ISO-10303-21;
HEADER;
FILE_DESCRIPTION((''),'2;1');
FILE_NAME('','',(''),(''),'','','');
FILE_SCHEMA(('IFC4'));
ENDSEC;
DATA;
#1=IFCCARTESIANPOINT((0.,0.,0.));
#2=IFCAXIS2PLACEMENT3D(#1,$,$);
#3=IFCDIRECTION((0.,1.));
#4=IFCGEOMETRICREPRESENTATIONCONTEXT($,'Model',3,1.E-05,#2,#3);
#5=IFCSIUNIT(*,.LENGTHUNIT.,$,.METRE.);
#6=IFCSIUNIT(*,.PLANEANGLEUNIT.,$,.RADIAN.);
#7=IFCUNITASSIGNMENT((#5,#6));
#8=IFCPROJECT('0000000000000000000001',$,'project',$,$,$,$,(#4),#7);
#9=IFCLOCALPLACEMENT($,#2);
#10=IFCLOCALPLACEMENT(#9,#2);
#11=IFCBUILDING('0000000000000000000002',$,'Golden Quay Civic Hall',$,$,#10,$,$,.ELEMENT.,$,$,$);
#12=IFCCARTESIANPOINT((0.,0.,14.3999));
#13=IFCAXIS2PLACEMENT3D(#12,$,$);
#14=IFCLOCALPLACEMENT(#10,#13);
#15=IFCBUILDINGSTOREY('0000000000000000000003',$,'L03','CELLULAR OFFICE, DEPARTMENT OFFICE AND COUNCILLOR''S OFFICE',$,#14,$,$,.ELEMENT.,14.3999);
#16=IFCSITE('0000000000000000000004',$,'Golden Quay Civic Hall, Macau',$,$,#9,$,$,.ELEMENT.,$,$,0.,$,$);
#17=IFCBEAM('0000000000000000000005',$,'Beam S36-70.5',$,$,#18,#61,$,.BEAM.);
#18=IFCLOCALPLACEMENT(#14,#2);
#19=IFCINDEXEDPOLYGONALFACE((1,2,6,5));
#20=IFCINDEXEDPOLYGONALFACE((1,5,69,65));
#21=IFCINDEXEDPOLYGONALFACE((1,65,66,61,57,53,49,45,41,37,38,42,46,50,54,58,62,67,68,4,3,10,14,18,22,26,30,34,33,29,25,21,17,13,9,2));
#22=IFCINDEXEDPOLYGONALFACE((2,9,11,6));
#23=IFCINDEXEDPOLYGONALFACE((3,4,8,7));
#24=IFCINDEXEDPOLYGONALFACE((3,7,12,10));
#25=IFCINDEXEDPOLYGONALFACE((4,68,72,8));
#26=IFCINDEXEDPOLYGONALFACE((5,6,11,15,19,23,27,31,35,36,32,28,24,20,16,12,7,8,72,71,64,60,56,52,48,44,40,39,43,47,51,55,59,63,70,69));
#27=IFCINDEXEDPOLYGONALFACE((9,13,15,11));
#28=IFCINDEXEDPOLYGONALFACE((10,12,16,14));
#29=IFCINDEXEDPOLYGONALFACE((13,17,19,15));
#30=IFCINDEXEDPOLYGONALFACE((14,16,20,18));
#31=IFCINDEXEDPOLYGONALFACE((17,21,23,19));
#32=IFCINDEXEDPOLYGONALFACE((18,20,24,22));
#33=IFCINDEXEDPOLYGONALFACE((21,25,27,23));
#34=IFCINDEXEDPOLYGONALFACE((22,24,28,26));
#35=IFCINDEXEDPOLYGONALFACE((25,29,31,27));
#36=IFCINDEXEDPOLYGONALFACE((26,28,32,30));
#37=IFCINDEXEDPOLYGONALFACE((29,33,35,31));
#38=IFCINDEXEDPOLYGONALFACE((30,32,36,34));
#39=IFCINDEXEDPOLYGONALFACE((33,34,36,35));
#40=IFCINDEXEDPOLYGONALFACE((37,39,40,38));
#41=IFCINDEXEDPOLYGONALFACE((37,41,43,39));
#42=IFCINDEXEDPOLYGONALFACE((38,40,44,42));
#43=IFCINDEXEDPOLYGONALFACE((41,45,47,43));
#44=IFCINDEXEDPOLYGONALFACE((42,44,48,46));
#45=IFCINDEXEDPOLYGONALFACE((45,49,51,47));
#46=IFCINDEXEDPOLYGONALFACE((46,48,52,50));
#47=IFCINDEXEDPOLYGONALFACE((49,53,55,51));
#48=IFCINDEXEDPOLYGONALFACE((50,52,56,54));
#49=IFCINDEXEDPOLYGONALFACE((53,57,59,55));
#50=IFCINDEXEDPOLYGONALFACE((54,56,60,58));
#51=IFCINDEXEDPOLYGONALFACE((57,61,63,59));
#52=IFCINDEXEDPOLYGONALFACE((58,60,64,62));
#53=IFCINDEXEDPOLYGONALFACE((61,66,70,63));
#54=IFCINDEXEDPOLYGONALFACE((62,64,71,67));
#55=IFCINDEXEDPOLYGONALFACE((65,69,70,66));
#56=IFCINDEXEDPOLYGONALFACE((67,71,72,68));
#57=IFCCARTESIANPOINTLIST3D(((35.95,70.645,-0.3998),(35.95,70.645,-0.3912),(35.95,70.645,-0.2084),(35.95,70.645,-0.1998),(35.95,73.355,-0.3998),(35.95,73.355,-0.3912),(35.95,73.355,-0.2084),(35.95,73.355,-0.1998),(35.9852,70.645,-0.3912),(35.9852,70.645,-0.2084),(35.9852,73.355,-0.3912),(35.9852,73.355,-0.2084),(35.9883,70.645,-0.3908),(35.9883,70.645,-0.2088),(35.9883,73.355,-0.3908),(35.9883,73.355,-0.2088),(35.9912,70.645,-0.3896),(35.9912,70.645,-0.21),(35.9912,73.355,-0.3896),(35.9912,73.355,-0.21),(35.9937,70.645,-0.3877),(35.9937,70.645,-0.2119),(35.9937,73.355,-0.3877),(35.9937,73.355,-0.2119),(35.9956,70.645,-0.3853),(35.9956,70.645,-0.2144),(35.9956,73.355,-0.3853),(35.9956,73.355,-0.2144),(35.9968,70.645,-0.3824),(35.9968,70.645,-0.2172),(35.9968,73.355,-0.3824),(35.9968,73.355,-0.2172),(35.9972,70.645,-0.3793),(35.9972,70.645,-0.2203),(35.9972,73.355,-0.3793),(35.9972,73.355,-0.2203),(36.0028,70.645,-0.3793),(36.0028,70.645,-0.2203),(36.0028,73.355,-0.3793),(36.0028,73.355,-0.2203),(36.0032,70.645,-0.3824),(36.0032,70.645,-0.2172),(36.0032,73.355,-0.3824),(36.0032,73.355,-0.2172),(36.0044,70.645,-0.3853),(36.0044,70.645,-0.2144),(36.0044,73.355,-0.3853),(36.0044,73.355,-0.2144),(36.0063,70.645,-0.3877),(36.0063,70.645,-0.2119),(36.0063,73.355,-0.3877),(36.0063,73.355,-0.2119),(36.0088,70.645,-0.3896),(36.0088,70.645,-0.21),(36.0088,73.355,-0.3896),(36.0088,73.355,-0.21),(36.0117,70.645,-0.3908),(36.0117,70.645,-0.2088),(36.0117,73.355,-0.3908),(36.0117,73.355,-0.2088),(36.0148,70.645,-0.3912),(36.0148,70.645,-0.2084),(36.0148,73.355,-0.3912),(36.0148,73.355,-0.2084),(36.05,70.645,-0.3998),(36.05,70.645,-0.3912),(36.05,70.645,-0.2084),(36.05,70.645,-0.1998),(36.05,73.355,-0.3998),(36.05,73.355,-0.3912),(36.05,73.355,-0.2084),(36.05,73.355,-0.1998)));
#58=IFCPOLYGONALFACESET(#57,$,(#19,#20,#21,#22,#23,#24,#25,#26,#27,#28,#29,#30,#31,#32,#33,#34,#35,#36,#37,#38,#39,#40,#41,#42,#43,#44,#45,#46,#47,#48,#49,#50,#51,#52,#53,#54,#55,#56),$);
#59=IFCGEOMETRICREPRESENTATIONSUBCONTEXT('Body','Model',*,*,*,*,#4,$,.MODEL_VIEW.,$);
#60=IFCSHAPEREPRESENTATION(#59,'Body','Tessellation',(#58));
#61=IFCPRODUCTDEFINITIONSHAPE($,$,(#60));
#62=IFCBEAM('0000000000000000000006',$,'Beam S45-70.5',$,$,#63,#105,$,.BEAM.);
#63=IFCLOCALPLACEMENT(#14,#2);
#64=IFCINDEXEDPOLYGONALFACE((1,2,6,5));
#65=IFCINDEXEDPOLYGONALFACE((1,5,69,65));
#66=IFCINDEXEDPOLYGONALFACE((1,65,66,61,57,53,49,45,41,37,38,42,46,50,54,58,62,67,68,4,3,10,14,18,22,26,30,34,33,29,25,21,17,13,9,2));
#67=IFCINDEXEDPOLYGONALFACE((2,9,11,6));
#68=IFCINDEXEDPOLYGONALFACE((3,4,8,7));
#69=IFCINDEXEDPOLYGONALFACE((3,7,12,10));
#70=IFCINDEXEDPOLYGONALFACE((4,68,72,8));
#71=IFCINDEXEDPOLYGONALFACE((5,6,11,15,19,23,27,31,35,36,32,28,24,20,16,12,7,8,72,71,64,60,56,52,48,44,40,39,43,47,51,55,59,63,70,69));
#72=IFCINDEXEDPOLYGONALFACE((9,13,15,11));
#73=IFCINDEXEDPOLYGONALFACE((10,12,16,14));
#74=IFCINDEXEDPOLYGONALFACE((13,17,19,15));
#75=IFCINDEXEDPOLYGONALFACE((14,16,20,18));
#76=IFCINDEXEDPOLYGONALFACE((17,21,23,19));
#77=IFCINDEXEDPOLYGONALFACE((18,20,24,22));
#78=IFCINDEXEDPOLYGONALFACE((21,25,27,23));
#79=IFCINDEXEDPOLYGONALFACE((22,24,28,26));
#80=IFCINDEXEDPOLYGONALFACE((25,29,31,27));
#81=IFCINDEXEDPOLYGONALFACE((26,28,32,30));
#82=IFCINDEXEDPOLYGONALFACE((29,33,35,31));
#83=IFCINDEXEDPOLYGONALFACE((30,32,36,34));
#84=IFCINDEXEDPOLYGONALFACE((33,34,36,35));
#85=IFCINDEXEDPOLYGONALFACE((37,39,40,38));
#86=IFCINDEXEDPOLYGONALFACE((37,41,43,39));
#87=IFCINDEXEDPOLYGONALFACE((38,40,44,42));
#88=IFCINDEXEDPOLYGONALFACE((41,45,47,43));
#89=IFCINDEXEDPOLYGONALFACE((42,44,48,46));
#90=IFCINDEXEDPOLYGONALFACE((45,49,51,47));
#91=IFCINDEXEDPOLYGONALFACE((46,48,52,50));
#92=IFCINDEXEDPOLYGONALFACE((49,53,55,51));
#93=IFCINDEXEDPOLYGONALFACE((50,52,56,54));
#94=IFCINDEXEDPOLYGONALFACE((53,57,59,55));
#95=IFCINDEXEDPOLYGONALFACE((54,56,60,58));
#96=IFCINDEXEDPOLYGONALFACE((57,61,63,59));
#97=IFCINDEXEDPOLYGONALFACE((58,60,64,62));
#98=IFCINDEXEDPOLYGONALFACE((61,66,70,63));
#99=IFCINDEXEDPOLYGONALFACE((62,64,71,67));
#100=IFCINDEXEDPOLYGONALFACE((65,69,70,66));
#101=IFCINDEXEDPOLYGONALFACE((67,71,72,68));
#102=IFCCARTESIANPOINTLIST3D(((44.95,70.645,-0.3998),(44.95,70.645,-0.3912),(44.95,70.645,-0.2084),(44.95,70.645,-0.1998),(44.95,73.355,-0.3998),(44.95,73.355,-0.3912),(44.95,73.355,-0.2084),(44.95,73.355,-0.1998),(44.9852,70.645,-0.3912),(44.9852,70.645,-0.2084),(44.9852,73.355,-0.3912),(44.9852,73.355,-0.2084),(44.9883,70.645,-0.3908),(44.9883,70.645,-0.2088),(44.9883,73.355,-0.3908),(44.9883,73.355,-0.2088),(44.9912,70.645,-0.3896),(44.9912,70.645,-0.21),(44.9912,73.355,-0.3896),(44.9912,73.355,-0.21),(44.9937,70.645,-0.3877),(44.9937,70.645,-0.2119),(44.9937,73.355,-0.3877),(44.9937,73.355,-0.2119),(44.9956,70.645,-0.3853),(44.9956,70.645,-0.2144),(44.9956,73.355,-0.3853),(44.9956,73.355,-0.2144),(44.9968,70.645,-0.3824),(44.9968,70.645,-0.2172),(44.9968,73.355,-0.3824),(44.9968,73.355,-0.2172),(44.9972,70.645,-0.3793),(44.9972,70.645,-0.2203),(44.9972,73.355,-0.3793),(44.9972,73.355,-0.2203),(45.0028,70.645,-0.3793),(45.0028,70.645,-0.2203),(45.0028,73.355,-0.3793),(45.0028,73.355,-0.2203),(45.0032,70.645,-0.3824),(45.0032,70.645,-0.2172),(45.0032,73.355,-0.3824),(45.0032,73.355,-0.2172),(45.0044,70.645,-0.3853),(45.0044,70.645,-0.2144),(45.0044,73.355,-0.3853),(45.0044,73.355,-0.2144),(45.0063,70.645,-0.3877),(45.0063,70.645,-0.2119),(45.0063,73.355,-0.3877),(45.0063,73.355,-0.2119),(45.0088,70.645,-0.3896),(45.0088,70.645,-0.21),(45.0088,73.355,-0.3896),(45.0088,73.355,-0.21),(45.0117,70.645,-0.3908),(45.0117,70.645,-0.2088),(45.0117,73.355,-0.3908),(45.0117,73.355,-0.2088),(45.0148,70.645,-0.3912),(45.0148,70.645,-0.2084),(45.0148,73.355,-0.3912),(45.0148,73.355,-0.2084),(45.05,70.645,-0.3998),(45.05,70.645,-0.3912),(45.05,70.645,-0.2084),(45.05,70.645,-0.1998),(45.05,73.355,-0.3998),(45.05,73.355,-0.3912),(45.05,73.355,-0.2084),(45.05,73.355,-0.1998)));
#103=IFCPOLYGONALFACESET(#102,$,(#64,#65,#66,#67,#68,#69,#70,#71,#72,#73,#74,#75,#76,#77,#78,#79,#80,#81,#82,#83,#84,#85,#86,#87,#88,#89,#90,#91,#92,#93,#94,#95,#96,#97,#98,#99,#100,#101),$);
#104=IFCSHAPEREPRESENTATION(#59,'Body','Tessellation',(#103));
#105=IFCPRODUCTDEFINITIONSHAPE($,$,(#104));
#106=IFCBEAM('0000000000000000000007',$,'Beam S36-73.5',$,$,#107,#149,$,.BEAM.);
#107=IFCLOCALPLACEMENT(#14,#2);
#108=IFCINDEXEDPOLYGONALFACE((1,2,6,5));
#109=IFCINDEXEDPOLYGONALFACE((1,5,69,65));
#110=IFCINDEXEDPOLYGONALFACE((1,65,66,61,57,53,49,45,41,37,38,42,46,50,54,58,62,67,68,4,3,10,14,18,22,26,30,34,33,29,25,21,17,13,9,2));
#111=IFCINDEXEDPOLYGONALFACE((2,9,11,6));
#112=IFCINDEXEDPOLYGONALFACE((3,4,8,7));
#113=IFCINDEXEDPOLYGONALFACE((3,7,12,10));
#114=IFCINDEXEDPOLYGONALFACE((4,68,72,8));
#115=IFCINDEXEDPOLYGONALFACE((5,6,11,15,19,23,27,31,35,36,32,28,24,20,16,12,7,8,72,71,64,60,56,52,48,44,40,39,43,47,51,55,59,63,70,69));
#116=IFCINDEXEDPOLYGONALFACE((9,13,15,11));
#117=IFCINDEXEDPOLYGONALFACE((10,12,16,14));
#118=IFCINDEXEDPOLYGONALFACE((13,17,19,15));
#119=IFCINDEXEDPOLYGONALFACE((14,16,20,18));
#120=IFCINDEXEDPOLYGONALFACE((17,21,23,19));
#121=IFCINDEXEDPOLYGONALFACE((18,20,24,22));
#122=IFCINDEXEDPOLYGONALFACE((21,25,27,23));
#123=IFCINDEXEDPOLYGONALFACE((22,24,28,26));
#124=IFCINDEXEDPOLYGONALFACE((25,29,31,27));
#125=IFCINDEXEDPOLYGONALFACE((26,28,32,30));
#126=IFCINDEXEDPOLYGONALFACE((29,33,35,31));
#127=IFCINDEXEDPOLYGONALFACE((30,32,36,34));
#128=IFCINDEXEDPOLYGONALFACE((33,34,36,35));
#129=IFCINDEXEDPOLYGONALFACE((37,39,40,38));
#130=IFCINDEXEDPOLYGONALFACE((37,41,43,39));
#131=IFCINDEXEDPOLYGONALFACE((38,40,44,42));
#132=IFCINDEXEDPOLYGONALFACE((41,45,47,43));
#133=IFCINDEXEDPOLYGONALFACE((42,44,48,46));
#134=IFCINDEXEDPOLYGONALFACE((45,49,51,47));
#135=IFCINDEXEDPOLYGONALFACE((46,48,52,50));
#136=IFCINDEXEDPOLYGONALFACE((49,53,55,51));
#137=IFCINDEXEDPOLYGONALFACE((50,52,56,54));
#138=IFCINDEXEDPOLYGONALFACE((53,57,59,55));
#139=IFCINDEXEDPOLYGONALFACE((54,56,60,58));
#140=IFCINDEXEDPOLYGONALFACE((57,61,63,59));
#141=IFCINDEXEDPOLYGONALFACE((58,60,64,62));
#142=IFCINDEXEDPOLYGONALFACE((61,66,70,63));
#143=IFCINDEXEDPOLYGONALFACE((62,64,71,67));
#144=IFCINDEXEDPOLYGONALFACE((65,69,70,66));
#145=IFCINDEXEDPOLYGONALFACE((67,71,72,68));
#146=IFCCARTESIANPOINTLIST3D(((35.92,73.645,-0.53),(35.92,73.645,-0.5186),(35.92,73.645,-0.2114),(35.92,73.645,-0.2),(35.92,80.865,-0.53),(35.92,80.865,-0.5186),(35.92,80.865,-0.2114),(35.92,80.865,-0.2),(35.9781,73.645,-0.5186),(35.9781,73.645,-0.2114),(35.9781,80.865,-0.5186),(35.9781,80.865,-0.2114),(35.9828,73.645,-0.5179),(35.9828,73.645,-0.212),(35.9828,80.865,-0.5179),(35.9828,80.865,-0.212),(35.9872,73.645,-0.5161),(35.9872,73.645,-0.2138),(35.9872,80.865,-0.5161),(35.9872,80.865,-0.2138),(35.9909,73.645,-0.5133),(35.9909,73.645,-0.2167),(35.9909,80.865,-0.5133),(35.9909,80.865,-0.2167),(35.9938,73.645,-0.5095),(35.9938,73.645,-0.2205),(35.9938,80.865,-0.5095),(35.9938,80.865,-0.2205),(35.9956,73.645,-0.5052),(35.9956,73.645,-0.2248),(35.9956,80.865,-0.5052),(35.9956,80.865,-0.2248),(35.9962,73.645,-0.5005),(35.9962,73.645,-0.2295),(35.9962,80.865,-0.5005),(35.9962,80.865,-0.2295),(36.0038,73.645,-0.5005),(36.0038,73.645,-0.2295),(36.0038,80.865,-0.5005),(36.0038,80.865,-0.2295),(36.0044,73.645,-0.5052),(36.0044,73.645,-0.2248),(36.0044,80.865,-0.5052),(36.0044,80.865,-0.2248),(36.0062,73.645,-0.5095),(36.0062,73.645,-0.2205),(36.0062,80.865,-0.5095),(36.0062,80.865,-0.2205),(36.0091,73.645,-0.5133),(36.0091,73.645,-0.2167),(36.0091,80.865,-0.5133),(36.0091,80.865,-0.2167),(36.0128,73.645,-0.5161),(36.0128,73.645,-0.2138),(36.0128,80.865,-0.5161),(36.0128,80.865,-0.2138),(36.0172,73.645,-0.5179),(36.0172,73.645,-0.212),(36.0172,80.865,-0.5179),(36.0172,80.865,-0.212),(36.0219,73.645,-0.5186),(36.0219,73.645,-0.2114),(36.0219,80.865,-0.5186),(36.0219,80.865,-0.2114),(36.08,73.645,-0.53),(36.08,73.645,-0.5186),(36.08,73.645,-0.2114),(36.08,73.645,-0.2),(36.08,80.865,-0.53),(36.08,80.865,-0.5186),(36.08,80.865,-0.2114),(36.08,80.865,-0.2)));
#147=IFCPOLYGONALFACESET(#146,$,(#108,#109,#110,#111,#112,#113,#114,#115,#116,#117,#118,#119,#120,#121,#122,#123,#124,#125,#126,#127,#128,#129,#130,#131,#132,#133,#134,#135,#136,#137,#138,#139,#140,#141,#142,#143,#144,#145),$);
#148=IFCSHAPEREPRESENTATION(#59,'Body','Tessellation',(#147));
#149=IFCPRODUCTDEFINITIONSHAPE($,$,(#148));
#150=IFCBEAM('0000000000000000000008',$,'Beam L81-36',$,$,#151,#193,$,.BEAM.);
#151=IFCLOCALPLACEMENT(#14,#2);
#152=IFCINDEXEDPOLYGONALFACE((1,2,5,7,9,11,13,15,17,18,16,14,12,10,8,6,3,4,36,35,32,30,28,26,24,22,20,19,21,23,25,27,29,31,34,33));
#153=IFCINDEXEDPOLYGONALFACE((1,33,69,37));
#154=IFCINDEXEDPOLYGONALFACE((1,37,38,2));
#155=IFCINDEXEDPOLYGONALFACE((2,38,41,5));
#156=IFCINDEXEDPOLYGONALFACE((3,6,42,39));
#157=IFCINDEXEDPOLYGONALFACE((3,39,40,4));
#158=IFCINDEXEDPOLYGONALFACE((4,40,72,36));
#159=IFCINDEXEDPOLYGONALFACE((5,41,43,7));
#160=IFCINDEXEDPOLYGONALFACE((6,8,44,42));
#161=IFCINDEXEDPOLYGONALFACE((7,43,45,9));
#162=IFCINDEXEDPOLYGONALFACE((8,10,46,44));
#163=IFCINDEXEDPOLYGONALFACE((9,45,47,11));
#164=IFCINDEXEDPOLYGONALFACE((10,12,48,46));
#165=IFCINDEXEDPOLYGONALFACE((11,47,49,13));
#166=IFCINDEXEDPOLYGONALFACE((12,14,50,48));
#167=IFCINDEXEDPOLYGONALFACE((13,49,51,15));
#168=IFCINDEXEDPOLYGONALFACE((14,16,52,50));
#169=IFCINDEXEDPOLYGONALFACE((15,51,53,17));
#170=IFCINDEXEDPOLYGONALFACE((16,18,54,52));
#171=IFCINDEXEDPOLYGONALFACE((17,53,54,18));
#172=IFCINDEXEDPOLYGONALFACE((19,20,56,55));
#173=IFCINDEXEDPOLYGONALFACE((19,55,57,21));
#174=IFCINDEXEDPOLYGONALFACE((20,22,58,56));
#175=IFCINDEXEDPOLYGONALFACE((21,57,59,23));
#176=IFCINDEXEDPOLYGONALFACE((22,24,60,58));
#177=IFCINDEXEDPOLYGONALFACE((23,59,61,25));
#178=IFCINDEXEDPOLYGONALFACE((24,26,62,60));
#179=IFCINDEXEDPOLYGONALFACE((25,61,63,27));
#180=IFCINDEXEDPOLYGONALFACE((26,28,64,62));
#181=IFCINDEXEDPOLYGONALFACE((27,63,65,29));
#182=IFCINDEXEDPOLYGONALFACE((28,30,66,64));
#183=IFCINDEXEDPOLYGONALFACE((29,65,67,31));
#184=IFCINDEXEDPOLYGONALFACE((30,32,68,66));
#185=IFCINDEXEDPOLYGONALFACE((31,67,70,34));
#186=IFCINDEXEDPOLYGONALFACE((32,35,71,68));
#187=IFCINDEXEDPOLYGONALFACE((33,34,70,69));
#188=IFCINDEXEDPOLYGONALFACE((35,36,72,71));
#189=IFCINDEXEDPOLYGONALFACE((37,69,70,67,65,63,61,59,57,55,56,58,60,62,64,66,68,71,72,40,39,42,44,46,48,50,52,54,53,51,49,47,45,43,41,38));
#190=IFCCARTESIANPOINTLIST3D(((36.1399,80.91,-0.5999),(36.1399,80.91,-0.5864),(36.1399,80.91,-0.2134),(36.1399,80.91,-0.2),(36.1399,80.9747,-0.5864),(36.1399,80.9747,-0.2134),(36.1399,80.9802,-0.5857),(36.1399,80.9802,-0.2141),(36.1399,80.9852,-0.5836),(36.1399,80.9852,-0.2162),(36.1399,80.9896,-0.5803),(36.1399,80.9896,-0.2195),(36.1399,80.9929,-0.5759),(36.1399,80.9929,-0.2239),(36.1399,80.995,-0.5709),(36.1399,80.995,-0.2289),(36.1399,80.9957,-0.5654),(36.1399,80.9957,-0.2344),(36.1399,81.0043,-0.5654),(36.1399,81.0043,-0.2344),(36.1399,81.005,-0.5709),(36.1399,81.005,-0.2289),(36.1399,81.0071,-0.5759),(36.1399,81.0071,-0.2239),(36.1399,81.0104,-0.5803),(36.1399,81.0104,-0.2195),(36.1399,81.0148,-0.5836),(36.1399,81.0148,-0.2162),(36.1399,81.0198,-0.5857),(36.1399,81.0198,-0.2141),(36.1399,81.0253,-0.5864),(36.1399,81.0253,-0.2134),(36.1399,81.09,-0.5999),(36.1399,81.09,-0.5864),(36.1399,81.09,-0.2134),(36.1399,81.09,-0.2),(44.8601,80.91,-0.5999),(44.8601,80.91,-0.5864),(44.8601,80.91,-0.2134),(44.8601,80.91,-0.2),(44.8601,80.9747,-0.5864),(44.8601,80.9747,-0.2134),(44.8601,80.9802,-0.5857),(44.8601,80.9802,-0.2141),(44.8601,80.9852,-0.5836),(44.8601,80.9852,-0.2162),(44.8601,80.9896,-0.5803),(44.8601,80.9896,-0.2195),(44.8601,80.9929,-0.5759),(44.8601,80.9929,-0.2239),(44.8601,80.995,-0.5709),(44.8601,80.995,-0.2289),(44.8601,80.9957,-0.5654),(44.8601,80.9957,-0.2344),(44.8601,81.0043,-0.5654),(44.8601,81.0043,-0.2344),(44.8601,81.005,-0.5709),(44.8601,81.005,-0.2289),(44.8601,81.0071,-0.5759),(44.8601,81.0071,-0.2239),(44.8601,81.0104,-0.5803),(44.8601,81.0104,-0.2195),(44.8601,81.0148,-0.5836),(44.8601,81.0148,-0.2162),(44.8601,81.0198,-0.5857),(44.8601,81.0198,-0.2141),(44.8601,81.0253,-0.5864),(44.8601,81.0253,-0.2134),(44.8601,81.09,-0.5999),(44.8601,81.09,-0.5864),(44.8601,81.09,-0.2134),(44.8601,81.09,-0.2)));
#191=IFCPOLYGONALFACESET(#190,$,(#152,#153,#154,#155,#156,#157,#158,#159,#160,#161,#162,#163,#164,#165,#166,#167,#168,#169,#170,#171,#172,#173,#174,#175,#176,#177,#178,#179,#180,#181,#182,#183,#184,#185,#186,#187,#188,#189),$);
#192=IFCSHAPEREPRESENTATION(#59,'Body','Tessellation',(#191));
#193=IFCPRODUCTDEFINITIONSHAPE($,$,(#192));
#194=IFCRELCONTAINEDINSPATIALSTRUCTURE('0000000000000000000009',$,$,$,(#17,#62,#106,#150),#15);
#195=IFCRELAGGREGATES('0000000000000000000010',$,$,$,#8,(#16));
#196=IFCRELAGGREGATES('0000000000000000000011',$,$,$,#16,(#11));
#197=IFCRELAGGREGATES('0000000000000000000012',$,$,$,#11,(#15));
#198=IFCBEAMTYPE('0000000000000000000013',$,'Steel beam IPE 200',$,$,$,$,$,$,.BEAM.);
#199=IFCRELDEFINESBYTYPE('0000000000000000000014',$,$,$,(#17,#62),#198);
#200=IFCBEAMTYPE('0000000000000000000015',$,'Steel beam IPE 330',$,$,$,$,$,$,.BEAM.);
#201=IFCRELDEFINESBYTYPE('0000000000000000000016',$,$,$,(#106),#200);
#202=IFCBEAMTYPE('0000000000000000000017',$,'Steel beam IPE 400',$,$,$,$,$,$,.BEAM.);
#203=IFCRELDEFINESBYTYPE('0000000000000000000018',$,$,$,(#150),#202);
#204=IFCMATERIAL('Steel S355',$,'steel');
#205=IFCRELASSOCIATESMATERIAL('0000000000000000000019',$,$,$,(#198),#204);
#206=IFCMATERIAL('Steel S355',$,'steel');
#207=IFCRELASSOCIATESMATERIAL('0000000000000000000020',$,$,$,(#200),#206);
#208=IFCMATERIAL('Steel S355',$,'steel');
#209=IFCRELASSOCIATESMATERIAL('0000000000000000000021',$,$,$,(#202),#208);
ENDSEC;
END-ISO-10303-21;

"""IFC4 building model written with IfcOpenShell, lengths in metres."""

from ifc_helpers import new_model, si_unit, direction, frame, origin, origin_2d, place, context, subcontext, project, spatial, i_section, extrude, material, material_profile, profile_set, type_object, element, save


model = new_model("IFC4")

# Units and contexts
model_context = context("Model", 3, precision=1e-05, world=origin(), true_north=direction((0.0, 1.0)))
body_context = subcontext(model_context, "Body", "Model", "MODEL_VIEW")
ifc_project = project(units=[si_unit("LENGTHUNIT", "METRE"), si_unit("PLANEANGLEUNIT", "RADIAN")], contexts=[model_context])

# Site, building, storey
site_placement = place(None, origin())
site = spatial("IfcSite", under=ifc_project, at=site_placement, Name="Golden Quay Civic Hall, Macau", CompositionType="ELEMENT", RefElevation=0.0)
building_placement = place(site_placement, origin())
building = spatial("IfcBuilding", under=site, at=building_placement, Name="Golden Quay Civic Hall", CompositionType="ELEMENT")
storey_placement = place(building_placement, frame((0.0, 0.0, 14.3999)))
storey = spatial("IfcBuildingStorey", under=building, at=storey_placement, Name="L03", Description="CELLULAR OFFICE, DEPARTMENT OFFICE AND COUNCILLOR'S OFFICE", CompositionType="ELEMENT", Elevation=14.3999)

# Beams
ifc_material_1 = material(Name="Steel S355", Category="steel")
ifc_material_profile_1 = material_profile(ifc_material_1, i_section(OverallWidth=0.1001, OverallDepth=0.2, WebThickness=0.0056, FlangeThickness=0.0085, FilletRadius=0.012, at=origin_2d()), Name="IPE 200")
ifc_profile_set_1 = profile_set([ifc_material_profile_1], Name="Steel S355")
beam_type_1 = type_object("IfcBeamType", Name="Steel beam IPE 200", PredefinedType="BEAM", material=ifc_profile_set_1)
for number, where, z_axis, x_axis, name in (
    (1, (36.0, 70.645, -0.2998), (0.0, 1.0, 0.0), (-1.0, 0.0, 0.0), "Beam S36-70.5"),
    (2, (45.0, 70.645, -0.2998), (0.0, 1.0, 0.0), (-1.0, 0.0, 0.0), "Beam S45-70.5"),
):
    element("IfcBeam", number, at=place(storey_placement, frame(where, z_axis=z_axis, x_axis=x_axis)), inside=storey, type_object=beam_type_1, Name=name, PredefinedType="BEAM", context=body_context, shape_type="SweptSolid", body=[
        extrude(i_section(OverallWidth=0.1001, OverallDepth=0.2, WebThickness=0.0056, FlangeThickness=0.0085, FilletRadius=0.012, at=origin_2d()), origin(), (0.0, 0.0, 1.0), 2.71),
    ])
ifc_material_2 = material(Name="Steel S355", Category="steel")
ifc_material_profile_2 = material_profile(ifc_material_2, i_section(OverallWidth=0.1599, OverallDepth=0.3301, WebThickness=0.0076, FlangeThickness=0.0115, FilletRadius=0.0181, at=origin_2d()), Name="IPE 330")
ifc_profile_set_2 = profile_set([ifc_material_profile_2], Name="Steel S355")
beam_type_2 = type_object("IfcBeamType", Name="Steel beam IPE 330", PredefinedType="BEAM", material=ifc_profile_set_2)
beam_1_placement = place(storey_placement, frame((36.0, 73.645, -0.365), z_axis=(0.0, 1.0, 0.0), x_axis=(-1.0, 0.0, 0.0)))
element("IfcBeam", 3, at=beam_1_placement, inside=storey, type_object=beam_type_2, Name="Beam S36-73.5", PredefinedType="BEAM", context=body_context, shape_type="SweptSolid", body=[
    extrude(i_section(OverallWidth=0.1599, OverallDepth=0.3301, WebThickness=0.0076, FlangeThickness=0.0115, FilletRadius=0.0181, at=origin_2d()), origin(), (0.0, 0.0, 1.0), 7.22),
])
ifc_material_3 = material(Name="Steel S355", Category="steel")
ifc_material_profile_3 = material_profile(ifc_material_3, i_section(OverallWidth=0.1799, OverallDepth=0.3999, WebThickness=0.0085, FlangeThickness=0.0134, FilletRadius=0.021, at=origin_2d()), Name="IPE 400")
ifc_profile_set_3 = profile_set([ifc_material_profile_3], Name="Steel S355")
beam_type_3 = type_object("IfcBeamType", Name="Steel beam IPE 400", PredefinedType="BEAM", material=ifc_profile_set_3)
beam_2_placement = place(storey_placement, frame((36.1399, 81.0, -0.3999), z_axis=(1.0, 0.0, 0.0), x_axis=(0.0, 1.0, 0.0)))
element("IfcBeam", 4, at=beam_2_placement, inside=storey, type_object=beam_type_3, Name="Beam L81-36", PredefinedType="BEAM", context=body_context, shape_type="SweptSolid", body=[
    extrude(i_section(OverallWidth=0.1799, OverallDepth=0.3999, WebThickness=0.0085, FlangeThickness=0.0134, FilletRadius=0.021, at=origin_2d()), origin(), (0.0, 0.0, 1.0), 8.7202),
])

save(model, "model.ifc")
